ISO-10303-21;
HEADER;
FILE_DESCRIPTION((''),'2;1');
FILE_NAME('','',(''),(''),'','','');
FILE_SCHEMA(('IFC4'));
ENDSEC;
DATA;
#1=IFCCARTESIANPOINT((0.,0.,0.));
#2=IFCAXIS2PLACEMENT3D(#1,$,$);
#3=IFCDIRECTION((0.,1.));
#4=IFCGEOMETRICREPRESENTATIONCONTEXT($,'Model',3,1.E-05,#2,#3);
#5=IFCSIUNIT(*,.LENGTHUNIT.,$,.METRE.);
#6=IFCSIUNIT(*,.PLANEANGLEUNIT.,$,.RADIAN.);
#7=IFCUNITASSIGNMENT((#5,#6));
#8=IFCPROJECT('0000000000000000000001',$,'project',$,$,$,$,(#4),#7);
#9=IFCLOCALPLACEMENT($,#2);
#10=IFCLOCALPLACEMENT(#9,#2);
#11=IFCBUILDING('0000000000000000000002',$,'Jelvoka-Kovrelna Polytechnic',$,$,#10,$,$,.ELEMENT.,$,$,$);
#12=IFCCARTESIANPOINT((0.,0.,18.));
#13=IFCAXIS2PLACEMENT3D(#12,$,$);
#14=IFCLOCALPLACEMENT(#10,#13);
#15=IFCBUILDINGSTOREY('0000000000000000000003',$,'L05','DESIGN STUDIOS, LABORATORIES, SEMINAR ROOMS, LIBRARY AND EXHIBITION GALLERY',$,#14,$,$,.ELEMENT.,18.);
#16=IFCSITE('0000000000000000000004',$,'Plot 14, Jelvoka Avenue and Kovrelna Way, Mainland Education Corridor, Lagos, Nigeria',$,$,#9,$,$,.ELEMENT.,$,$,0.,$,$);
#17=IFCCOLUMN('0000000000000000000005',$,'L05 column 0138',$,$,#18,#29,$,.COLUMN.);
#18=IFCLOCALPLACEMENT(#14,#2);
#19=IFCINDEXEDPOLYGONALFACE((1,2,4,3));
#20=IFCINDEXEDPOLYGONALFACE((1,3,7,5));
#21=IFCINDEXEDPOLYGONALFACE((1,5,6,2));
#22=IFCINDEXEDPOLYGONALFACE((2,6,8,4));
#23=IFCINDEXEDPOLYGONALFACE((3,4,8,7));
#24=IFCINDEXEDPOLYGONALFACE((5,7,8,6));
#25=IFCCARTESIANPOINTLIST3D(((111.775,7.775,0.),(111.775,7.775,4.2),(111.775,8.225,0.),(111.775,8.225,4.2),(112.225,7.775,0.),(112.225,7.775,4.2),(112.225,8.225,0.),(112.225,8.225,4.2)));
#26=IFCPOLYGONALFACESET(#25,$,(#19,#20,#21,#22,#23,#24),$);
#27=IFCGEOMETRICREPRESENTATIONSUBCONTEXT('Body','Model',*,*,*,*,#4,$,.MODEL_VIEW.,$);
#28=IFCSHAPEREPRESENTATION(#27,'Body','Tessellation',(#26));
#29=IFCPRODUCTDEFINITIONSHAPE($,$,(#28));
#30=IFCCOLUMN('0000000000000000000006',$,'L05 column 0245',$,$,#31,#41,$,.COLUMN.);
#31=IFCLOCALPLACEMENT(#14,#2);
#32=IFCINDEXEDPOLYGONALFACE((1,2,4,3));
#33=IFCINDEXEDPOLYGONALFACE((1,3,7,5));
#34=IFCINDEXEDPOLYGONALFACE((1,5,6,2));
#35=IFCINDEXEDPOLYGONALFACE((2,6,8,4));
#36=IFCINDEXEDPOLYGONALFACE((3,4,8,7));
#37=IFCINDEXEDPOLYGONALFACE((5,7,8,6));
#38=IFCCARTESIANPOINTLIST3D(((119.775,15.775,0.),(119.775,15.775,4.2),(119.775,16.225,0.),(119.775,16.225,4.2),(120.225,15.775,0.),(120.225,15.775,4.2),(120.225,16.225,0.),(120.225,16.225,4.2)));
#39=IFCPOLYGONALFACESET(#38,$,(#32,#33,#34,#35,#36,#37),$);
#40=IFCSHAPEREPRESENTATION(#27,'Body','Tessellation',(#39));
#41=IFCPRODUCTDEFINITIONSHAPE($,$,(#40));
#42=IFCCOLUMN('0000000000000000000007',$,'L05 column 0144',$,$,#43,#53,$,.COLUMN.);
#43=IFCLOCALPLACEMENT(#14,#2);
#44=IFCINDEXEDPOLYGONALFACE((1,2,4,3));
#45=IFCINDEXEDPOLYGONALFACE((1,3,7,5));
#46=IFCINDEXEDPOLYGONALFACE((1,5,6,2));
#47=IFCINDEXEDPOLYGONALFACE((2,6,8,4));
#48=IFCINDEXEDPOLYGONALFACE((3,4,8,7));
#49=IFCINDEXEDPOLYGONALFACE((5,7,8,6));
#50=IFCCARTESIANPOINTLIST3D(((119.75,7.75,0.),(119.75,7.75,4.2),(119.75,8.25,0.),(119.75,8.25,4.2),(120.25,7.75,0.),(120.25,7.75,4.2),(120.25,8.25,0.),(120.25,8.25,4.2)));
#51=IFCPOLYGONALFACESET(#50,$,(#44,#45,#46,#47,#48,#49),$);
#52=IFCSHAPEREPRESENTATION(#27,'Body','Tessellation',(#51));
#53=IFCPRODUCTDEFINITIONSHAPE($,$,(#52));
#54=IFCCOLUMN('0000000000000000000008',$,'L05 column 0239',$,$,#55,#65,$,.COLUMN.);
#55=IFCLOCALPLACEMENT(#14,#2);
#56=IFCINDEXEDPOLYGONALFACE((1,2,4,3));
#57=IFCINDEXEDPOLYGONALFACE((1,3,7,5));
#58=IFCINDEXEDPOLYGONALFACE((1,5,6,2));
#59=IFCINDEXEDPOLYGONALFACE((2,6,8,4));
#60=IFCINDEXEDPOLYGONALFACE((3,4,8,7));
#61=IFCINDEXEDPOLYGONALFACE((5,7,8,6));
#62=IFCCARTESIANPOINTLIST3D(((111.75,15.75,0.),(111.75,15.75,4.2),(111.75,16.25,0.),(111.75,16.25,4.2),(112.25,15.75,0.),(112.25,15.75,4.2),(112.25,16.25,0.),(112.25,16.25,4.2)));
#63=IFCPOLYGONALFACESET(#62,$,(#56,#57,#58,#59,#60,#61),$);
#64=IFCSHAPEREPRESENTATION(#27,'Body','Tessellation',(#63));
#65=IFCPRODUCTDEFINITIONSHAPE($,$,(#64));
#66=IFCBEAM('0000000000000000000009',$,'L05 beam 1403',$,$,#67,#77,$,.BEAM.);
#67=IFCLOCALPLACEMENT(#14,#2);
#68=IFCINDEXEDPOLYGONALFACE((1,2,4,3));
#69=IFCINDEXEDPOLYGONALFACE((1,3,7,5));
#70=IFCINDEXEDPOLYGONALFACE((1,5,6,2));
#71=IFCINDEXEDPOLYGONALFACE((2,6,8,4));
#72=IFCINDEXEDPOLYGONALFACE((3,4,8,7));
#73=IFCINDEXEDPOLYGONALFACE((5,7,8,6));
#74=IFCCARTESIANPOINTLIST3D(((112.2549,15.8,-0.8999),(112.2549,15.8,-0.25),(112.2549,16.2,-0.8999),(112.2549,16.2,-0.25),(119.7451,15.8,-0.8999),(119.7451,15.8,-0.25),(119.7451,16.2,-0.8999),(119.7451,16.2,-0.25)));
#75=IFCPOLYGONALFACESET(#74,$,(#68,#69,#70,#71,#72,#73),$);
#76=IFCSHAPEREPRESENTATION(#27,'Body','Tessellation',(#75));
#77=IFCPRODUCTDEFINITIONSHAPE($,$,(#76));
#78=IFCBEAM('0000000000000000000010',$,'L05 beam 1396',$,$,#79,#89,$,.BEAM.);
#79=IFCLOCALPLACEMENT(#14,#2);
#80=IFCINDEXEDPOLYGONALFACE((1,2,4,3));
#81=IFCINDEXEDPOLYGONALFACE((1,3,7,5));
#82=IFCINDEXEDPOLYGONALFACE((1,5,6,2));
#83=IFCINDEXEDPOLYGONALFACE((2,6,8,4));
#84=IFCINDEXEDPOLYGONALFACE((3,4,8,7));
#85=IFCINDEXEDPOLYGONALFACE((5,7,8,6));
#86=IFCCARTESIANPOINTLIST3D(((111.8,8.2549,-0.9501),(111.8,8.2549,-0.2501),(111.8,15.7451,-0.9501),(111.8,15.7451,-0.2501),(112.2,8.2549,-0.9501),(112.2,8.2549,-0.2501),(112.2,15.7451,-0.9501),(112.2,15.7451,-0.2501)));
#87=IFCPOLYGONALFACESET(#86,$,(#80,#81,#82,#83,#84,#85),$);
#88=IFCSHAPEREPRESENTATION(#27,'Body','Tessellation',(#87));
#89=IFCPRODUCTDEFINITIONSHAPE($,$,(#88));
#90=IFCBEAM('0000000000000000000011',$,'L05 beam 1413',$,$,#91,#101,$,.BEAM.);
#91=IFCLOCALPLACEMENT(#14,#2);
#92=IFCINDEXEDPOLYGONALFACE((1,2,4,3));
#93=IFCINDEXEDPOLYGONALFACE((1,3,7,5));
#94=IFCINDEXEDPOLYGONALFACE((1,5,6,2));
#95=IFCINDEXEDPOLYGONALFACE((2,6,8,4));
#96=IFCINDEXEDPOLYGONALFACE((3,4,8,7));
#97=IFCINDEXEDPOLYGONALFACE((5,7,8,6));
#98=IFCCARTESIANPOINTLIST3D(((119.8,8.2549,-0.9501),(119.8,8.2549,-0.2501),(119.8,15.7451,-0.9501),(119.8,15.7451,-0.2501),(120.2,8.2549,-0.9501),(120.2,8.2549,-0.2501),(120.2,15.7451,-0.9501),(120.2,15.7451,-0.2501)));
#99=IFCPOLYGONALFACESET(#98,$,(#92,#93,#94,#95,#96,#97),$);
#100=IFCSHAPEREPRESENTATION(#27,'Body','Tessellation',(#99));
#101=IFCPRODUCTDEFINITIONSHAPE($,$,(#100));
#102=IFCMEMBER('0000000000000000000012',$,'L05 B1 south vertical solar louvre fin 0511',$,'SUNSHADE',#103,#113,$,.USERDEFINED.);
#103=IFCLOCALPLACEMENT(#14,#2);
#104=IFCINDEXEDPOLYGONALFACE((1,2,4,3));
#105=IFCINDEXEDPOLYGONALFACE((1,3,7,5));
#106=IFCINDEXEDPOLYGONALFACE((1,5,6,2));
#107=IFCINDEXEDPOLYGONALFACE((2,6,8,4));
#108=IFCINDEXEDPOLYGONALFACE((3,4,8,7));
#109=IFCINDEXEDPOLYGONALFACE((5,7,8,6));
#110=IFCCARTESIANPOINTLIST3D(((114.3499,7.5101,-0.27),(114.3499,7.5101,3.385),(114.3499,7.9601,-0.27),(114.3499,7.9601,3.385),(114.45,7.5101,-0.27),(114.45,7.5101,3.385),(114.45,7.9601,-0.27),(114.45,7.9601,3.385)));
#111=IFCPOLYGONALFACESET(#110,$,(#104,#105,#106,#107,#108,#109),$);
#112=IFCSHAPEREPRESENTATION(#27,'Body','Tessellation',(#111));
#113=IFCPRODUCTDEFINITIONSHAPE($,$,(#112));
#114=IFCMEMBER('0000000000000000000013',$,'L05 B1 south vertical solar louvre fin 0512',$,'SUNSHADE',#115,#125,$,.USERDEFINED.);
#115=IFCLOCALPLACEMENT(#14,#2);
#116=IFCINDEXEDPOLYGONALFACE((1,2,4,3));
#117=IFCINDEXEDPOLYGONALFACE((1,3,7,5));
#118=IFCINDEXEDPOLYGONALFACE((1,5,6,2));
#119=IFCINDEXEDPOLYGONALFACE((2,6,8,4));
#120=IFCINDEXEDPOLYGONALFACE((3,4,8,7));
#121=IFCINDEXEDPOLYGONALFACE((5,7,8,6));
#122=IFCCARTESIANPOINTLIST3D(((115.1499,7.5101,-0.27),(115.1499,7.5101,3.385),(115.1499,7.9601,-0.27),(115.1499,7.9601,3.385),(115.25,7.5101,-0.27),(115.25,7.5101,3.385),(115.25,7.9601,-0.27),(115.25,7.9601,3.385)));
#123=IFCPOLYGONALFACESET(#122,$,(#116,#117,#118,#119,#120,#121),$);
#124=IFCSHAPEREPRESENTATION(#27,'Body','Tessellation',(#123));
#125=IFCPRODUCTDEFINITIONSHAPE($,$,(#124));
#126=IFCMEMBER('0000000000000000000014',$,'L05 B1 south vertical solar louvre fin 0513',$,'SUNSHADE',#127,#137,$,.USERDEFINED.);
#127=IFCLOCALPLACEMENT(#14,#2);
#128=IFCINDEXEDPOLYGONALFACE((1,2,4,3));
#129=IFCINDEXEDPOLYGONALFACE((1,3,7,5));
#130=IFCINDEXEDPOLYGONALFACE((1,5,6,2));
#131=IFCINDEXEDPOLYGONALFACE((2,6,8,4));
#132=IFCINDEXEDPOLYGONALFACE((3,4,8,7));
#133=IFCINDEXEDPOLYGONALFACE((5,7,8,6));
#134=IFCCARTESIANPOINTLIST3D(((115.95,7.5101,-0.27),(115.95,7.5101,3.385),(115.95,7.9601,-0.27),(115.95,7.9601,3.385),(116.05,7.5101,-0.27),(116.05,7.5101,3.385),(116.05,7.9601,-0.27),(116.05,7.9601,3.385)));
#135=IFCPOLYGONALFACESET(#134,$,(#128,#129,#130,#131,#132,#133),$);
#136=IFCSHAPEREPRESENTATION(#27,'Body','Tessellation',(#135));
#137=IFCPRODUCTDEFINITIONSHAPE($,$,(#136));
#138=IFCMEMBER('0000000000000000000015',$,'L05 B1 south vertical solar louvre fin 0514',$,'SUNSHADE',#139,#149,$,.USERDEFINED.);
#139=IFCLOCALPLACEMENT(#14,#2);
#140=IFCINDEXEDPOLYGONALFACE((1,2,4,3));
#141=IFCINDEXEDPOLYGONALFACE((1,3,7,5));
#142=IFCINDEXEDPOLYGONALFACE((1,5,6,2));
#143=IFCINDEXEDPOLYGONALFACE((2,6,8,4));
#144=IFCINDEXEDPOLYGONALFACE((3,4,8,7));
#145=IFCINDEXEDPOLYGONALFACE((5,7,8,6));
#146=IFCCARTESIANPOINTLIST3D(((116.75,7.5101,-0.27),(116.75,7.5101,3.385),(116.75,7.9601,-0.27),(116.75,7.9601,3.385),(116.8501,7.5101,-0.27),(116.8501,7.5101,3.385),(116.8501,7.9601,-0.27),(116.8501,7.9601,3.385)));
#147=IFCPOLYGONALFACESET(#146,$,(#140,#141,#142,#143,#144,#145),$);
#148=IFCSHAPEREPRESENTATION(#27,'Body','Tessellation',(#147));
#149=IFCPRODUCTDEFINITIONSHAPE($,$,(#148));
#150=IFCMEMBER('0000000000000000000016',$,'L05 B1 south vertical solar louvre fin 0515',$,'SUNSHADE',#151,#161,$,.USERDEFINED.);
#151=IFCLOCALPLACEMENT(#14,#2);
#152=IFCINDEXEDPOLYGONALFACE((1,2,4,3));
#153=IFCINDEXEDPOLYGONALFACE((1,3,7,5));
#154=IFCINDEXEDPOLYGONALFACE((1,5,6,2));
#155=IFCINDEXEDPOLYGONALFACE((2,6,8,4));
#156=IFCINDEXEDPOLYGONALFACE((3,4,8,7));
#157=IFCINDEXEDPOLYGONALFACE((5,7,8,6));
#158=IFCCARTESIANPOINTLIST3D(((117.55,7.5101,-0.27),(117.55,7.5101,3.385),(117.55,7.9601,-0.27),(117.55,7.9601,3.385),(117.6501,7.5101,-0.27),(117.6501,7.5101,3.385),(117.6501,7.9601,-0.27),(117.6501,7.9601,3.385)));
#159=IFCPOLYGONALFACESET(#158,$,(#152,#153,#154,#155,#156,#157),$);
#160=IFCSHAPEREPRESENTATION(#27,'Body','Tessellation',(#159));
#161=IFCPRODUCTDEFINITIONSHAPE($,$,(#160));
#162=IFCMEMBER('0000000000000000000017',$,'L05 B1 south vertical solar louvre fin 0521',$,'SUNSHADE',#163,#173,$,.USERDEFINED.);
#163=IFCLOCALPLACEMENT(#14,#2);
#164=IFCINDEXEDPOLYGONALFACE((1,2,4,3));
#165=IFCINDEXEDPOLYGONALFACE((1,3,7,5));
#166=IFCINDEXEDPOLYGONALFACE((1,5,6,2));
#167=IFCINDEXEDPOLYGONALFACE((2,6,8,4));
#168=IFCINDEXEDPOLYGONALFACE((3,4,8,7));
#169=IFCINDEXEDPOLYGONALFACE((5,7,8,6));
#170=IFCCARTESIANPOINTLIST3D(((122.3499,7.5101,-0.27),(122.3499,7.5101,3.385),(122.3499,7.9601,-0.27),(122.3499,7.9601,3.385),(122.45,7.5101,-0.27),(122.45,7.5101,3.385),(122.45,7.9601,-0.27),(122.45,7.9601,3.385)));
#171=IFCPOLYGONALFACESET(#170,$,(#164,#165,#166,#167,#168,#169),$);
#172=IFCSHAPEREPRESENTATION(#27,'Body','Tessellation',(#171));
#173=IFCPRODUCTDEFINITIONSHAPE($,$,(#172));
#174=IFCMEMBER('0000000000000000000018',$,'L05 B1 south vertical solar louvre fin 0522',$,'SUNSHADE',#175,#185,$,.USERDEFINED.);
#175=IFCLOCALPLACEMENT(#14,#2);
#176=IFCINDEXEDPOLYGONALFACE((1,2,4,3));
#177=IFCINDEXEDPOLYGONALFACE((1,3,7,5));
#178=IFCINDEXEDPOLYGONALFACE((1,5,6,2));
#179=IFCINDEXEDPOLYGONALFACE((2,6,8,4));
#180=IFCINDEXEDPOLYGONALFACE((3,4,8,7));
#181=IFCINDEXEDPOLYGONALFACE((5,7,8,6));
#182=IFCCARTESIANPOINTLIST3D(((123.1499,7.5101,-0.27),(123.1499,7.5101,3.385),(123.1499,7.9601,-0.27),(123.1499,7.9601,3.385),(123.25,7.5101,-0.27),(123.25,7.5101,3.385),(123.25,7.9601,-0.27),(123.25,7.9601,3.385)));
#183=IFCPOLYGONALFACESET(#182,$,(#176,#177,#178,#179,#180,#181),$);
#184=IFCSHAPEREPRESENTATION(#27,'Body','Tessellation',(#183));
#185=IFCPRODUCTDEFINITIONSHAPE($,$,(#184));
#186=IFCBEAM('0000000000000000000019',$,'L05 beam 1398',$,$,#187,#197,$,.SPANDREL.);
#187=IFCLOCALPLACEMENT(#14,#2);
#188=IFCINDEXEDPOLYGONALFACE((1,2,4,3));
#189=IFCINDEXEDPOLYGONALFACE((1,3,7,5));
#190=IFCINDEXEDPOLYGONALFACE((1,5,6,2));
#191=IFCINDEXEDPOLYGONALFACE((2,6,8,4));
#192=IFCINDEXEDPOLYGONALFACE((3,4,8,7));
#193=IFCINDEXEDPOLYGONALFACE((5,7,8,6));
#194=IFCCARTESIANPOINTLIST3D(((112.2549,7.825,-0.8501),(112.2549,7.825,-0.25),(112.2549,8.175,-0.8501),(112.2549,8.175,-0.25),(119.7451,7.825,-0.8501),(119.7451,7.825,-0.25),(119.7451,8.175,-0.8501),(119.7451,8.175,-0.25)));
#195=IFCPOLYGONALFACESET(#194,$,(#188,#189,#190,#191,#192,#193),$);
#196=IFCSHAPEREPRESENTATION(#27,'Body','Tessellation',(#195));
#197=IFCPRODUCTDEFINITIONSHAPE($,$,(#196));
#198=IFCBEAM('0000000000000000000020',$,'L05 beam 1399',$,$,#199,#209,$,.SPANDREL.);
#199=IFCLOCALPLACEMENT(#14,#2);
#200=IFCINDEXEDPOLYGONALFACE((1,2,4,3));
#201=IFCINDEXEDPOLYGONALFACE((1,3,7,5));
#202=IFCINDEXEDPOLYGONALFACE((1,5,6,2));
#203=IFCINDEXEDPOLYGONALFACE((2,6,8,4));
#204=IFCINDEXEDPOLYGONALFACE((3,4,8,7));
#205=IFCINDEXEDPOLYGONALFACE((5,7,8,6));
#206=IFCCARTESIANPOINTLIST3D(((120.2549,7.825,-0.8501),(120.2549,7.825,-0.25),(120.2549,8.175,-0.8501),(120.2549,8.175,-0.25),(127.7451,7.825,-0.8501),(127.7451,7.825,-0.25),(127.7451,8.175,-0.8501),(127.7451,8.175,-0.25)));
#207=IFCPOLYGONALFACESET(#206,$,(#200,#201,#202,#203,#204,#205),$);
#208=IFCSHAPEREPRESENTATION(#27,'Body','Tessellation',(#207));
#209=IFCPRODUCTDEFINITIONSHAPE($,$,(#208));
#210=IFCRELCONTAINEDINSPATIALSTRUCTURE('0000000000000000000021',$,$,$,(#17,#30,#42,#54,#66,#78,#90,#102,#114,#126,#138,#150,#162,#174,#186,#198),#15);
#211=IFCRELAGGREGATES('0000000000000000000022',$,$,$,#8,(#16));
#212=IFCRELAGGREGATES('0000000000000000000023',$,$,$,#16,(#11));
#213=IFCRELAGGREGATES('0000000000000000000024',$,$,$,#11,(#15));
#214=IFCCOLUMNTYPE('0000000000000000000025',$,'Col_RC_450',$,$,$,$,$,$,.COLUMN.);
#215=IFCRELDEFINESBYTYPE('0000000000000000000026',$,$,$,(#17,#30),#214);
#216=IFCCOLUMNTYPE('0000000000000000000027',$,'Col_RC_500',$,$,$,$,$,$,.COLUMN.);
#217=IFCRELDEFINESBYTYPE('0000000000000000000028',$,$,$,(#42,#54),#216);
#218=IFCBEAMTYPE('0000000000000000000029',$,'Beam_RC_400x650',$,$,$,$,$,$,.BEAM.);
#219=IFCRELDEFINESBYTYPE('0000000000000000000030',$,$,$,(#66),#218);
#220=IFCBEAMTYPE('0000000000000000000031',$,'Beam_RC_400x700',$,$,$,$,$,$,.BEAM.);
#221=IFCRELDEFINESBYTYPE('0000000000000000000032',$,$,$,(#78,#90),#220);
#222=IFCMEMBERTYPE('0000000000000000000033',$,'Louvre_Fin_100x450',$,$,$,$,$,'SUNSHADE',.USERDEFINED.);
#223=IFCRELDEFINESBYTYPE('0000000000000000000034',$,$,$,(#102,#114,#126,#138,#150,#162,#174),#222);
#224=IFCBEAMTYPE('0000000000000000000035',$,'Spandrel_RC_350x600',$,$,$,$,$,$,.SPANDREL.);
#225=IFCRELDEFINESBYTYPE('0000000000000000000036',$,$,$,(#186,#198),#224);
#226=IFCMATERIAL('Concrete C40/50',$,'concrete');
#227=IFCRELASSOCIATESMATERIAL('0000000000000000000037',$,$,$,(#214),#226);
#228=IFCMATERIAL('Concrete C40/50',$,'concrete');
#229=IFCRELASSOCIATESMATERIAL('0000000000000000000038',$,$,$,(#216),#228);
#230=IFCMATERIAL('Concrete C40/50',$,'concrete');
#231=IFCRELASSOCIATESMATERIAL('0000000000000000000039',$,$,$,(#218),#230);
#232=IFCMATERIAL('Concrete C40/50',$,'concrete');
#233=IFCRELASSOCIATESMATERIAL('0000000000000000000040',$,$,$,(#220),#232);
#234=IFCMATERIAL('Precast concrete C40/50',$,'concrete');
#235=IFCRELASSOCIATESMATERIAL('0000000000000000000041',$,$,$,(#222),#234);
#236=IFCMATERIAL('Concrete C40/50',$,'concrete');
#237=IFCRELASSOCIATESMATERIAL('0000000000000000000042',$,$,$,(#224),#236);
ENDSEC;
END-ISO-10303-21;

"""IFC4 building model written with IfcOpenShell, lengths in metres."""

from ifc_helpers import new_model, si_unit, direction, frame, origin, origin_2d, place, context, subcontext, project, spatial, rectangle, extrude, material, material_profile, profile_set, type_object, element, save


model = new_model("IFC4")

# Units and contexts
model_context = context("Model", 3, precision=1e-05, world=origin(), true_north=direction((0.0, 1.0)))
body_context = subcontext(model_context, "Body", "Model", "MODEL_VIEW")
ifc_project = project(units=[si_unit("LENGTHUNIT", "METRE"), si_unit("PLANEANGLEUNIT", "RADIAN")], contexts=[model_context])

# Site, building, storey
site_placement = place(None, origin())
site = spatial("IfcSite", under=ifc_project, at=site_placement, Name="Plot 14, Jelvoka Avenue and Kovrelna Way, Mainland Education Corridor, Lagos, Nigeria", CompositionType="ELEMENT", RefElevation=0.0)
building_placement = place(site_placement, origin())
building = spatial("IfcBuilding", under=site, at=building_placement, Name="Jelvoka-Kovrelna Polytechnic", CompositionType="ELEMENT")
storey_placement = place(building_placement, frame((0.0, 0.0, 18.0)))
storey = spatial("IfcBuildingStorey", under=building, at=storey_placement, Name="L05", Description="DESIGN STUDIOS, LABORATORIES, SEMINAR ROOMS, LIBRARY AND EXHIBITION GALLERY", CompositionType="ELEMENT", Elevation=18.0)

# Columns
ifc_material_1 = material(Name="Concrete C40/50", Category="concrete")
ifc_material_profile_1 = material_profile(ifc_material_1, rectangle(XDim=0.45, YDim=0.45, at=origin_2d()), Name="RC 450x450")
ifc_profile_set_1 = profile_set([ifc_material_profile_1], Name="Concrete C40/50")
column_type_1 = type_object("IfcColumnType", Name="Col_RC_450", PredefinedType="COLUMN", material=ifc_profile_set_1)
for number, where, z_axis, x_axis, name in (
    (1, (112.0, 8.0, 0.0), (0.0, 0.0, 1.0), (1.0, 0.0, 0.0), "L05 column 0138"),
    (2, (120.0, 16.0, 0.0), (0.0, 0.0, 1.0), (1.0, 0.0, 0.0), "L05 column 0245"),
):
    element("IfcColumn", number, at=place(storey_placement, frame(where, z_axis=z_axis, x_axis=x_axis)), inside=storey, type_object=column_type_1, Name=name, PredefinedType="COLUMN", context=body_context, shape_type="SweptSolid", body=[
        extrude(rectangle(XDim=0.45, YDim=0.45, at=origin_2d()), origin(), (0.0, 0.0, 1.0), 4.2),
    ])
ifc_material_2 = material(Name="Concrete C40/50", Category="concrete")
ifc_material_profile_2 = material_profile(ifc_material_2, rectangle(XDim=0.5, YDim=0.5, at=origin_2d()), Name="RC 500x500")
ifc_profile_set_2 = profile_set([ifc_material_profile_2], Name="Concrete C40/50")
column_type_2 = type_object("IfcColumnType", Name="Col_RC_500", PredefinedType="COLUMN", material=ifc_profile_set_2)
for number, where, z_axis, x_axis, name in (
    (3, (120.0, 8.0, 0.0), (0.0, 0.0, 1.0), (1.0, 0.0, 0.0), "L05 column 0144"),
    (4, (112.0, 16.0, 0.0), (0.0, 0.0, 1.0), (1.0, 0.0, 0.0), "L05 column 0239"),
):
    element("IfcColumn", number, at=place(storey_placement, frame(where, z_axis=z_axis, x_axis=x_axis)), inside=storey, type_object=column_type_2, Name=name, PredefinedType="COLUMN", context=body_context, shape_type="SweptSolid", body=[
        extrude(rectangle(XDim=0.5, YDim=0.5, at=origin_2d()), origin(), (0.0, 0.0, 1.0), 4.2),
    ])

# Beams
ifc_material_3 = material(Name="Concrete C40/50", Category="concrete")
ifc_material_profile_3 = material_profile(ifc_material_3, rectangle(XDim=0.3999, YDim=0.6499, at=origin_2d()), Name="RC 400x650")
ifc_profile_set_3 = profile_set([ifc_material_profile_3], Name="Concrete C40/50")
beam_type_1 = type_object("IfcBeamType", Name="Beam_RC_400x650", PredefinedType="BEAM", material=ifc_profile_set_3)
beam_placement = place(storey_placement, frame((112.2549, 16.0, -0.575), z_axis=(1.0, 0.0, 0.0), x_axis=(0.0, 1.0, 0.0)))
element("IfcBeam", 5, at=beam_placement, inside=storey, type_object=beam_type_1, Name="L05 beam 1403", PredefinedType="BEAM", context=body_context, shape_type="SweptSolid", body=[
    extrude(rectangle(XDim=0.3999, YDim=0.6499, at=origin_2d()), origin(), (0.0, 0.0, 1.0), 7.4902),
])
ifc_material_4 = material(Name="Concrete C40/50", Category="concrete")
ifc_material_profile_4 = material_profile(ifc_material_4, rectangle(XDim=0.3999, YDim=0.7, at=origin_2d()), Name="RC 400x700")
ifc_profile_set_4 = profile_set([ifc_material_profile_4], Name="Concrete C40/50")
beam_type_2 = type_object("IfcBeamType", Name="Beam_RC_400x700", PredefinedType="BEAM", material=ifc_profile_set_4)
for number, where, z_axis, x_axis, name in (
    (6, (112.0, 8.2549, -0.6001), (0.0, 1.0, 0.0), (-1.0, 0.0, 0.0), "L05 beam 1396"),
    (7, (120.0, 8.2549, -0.6001), (0.0, 1.0, 0.0), (-1.0, 0.0, 0.0), "L05 beam 1413"),
):
    element("IfcBeam", number, at=place(storey_placement, frame(where, z_axis=z_axis, x_axis=x_axis)), inside=storey, type_object=beam_type_2, Name=name, PredefinedType="BEAM", context=body_context, shape_type="SweptSolid", body=[
        extrude(rectangle(XDim=0.3999, YDim=0.7, at=origin_2d()), origin(), (0.0, 0.0, 1.0), 7.4902),
    ])

# Members
ifc_material_5 = material(Name="Precast concrete C40/50", Category="concrete")
ifc_material_profile_5 = material_profile(ifc_material_5, rectangle(XDim=0.1001, YDim=0.45, at=origin_2d()), Name="PC 100x450")
ifc_profile_set_5 = profile_set([ifc_material_profile_5], Name="Precast concrete C40/50")
member_type = type_object("IfcMemberType", Name="Louvre_Fin_100x450", ElementType="SUNSHADE", PredefinedType="USERDEFINED", material=ifc_profile_set_5)
for number, where, z_axis, x_axis, name in (
    (8, (114.3999, 7.7351, -0.27), (0.0, 0.0, 1.0), (1.0, 0.0, 0.0), "L05 B1 south vertical solar louvre fin 0511"),
    (9, (115.2, 7.7351, -0.27), (0.0, 0.0, 1.0), (1.0, 0.0, 0.0), "L05 B1 south vertical solar louvre fin 0512"),
    (10, (116.0, 7.7351, -0.27), (0.0, 0.0, 1.0), (1.0, 0.0, 0.0), "L05 B1 south vertical solar louvre fin 0513"),
    (11, (116.8, 7.7351, -0.27), (0.0, 0.0, 1.0), (1.0, 0.0, 0.0), "L05 B1 south vertical solar louvre fin 0514"),
    (12, (117.6001, 7.7351, -0.27), (0.0, 0.0, 1.0), (1.0, 0.0, 0.0), "L05 B1 south vertical solar louvre fin 0515"),
    (13, (122.3999, 7.7351, -0.27), (0.0, 0.0, 1.0), (1.0, 0.0, 0.0), "L05 B1 south vertical solar louvre fin 0521"),
    (14, (123.2, 7.7351, -0.27), (0.0, 0.0, 1.0), (1.0, 0.0, 0.0), "L05 B1 south vertical solar louvre fin 0522"),
):
    element("IfcMember", number, at=place(storey_placement, frame(where, z_axis=z_axis, x_axis=x_axis)), inside=storey, type_object=member_type, Name=name, ObjectType="SUNSHADE", PredefinedType="USERDEFINED", context=body_context, shape_type="SweptSolid", body=[
        extrude(rectangle(XDim=0.1001, YDim=0.45, at=origin_2d()), origin(), (0.0, 0.0, 1.0), 3.655),
    ])

# Beams
ifc_material_6 = material(Name="Concrete C40/50", Category="concrete")
ifc_material_profile_6 = material_profile(ifc_material_6, rectangle(XDim=0.3501, YDim=0.6001, at=origin_2d()), Name="RC 350x600")
ifc_profile_set_6 = profile_set([ifc_material_profile_6], Name="Concrete C40/50")
beam_type_3 = type_object("IfcBeamType", Name="Spandrel_RC_350x600", PredefinedType="SPANDREL", material=ifc_profile_set_6)
for number, where, z_axis, x_axis, name in (
    (15, (112.2549, 8.0, -0.55), (1.0, 0.0, 0.0), (0.0, 1.0, 0.0), "L05 beam 1398"),
    (16, (120.2549, 8.0, -0.55), (1.0, 0.0, 0.0), (0.0, 1.0, 0.0), "L05 beam 1399"),
):
    element("IfcBeam", number, at=place(storey_placement, frame(where, z_axis=z_axis, x_axis=x_axis)), inside=storey, type_object=beam_type_3, Name=name, PredefinedType="SPANDREL", context=body_context, shape_type="SweptSolid", body=[
        extrude(rectangle(XDim=0.3501, YDim=0.6001, at=origin_2d()), origin(), (0.0, 0.0, 1.0), 7.4902),
    ])

save(model, "model.ifc")
